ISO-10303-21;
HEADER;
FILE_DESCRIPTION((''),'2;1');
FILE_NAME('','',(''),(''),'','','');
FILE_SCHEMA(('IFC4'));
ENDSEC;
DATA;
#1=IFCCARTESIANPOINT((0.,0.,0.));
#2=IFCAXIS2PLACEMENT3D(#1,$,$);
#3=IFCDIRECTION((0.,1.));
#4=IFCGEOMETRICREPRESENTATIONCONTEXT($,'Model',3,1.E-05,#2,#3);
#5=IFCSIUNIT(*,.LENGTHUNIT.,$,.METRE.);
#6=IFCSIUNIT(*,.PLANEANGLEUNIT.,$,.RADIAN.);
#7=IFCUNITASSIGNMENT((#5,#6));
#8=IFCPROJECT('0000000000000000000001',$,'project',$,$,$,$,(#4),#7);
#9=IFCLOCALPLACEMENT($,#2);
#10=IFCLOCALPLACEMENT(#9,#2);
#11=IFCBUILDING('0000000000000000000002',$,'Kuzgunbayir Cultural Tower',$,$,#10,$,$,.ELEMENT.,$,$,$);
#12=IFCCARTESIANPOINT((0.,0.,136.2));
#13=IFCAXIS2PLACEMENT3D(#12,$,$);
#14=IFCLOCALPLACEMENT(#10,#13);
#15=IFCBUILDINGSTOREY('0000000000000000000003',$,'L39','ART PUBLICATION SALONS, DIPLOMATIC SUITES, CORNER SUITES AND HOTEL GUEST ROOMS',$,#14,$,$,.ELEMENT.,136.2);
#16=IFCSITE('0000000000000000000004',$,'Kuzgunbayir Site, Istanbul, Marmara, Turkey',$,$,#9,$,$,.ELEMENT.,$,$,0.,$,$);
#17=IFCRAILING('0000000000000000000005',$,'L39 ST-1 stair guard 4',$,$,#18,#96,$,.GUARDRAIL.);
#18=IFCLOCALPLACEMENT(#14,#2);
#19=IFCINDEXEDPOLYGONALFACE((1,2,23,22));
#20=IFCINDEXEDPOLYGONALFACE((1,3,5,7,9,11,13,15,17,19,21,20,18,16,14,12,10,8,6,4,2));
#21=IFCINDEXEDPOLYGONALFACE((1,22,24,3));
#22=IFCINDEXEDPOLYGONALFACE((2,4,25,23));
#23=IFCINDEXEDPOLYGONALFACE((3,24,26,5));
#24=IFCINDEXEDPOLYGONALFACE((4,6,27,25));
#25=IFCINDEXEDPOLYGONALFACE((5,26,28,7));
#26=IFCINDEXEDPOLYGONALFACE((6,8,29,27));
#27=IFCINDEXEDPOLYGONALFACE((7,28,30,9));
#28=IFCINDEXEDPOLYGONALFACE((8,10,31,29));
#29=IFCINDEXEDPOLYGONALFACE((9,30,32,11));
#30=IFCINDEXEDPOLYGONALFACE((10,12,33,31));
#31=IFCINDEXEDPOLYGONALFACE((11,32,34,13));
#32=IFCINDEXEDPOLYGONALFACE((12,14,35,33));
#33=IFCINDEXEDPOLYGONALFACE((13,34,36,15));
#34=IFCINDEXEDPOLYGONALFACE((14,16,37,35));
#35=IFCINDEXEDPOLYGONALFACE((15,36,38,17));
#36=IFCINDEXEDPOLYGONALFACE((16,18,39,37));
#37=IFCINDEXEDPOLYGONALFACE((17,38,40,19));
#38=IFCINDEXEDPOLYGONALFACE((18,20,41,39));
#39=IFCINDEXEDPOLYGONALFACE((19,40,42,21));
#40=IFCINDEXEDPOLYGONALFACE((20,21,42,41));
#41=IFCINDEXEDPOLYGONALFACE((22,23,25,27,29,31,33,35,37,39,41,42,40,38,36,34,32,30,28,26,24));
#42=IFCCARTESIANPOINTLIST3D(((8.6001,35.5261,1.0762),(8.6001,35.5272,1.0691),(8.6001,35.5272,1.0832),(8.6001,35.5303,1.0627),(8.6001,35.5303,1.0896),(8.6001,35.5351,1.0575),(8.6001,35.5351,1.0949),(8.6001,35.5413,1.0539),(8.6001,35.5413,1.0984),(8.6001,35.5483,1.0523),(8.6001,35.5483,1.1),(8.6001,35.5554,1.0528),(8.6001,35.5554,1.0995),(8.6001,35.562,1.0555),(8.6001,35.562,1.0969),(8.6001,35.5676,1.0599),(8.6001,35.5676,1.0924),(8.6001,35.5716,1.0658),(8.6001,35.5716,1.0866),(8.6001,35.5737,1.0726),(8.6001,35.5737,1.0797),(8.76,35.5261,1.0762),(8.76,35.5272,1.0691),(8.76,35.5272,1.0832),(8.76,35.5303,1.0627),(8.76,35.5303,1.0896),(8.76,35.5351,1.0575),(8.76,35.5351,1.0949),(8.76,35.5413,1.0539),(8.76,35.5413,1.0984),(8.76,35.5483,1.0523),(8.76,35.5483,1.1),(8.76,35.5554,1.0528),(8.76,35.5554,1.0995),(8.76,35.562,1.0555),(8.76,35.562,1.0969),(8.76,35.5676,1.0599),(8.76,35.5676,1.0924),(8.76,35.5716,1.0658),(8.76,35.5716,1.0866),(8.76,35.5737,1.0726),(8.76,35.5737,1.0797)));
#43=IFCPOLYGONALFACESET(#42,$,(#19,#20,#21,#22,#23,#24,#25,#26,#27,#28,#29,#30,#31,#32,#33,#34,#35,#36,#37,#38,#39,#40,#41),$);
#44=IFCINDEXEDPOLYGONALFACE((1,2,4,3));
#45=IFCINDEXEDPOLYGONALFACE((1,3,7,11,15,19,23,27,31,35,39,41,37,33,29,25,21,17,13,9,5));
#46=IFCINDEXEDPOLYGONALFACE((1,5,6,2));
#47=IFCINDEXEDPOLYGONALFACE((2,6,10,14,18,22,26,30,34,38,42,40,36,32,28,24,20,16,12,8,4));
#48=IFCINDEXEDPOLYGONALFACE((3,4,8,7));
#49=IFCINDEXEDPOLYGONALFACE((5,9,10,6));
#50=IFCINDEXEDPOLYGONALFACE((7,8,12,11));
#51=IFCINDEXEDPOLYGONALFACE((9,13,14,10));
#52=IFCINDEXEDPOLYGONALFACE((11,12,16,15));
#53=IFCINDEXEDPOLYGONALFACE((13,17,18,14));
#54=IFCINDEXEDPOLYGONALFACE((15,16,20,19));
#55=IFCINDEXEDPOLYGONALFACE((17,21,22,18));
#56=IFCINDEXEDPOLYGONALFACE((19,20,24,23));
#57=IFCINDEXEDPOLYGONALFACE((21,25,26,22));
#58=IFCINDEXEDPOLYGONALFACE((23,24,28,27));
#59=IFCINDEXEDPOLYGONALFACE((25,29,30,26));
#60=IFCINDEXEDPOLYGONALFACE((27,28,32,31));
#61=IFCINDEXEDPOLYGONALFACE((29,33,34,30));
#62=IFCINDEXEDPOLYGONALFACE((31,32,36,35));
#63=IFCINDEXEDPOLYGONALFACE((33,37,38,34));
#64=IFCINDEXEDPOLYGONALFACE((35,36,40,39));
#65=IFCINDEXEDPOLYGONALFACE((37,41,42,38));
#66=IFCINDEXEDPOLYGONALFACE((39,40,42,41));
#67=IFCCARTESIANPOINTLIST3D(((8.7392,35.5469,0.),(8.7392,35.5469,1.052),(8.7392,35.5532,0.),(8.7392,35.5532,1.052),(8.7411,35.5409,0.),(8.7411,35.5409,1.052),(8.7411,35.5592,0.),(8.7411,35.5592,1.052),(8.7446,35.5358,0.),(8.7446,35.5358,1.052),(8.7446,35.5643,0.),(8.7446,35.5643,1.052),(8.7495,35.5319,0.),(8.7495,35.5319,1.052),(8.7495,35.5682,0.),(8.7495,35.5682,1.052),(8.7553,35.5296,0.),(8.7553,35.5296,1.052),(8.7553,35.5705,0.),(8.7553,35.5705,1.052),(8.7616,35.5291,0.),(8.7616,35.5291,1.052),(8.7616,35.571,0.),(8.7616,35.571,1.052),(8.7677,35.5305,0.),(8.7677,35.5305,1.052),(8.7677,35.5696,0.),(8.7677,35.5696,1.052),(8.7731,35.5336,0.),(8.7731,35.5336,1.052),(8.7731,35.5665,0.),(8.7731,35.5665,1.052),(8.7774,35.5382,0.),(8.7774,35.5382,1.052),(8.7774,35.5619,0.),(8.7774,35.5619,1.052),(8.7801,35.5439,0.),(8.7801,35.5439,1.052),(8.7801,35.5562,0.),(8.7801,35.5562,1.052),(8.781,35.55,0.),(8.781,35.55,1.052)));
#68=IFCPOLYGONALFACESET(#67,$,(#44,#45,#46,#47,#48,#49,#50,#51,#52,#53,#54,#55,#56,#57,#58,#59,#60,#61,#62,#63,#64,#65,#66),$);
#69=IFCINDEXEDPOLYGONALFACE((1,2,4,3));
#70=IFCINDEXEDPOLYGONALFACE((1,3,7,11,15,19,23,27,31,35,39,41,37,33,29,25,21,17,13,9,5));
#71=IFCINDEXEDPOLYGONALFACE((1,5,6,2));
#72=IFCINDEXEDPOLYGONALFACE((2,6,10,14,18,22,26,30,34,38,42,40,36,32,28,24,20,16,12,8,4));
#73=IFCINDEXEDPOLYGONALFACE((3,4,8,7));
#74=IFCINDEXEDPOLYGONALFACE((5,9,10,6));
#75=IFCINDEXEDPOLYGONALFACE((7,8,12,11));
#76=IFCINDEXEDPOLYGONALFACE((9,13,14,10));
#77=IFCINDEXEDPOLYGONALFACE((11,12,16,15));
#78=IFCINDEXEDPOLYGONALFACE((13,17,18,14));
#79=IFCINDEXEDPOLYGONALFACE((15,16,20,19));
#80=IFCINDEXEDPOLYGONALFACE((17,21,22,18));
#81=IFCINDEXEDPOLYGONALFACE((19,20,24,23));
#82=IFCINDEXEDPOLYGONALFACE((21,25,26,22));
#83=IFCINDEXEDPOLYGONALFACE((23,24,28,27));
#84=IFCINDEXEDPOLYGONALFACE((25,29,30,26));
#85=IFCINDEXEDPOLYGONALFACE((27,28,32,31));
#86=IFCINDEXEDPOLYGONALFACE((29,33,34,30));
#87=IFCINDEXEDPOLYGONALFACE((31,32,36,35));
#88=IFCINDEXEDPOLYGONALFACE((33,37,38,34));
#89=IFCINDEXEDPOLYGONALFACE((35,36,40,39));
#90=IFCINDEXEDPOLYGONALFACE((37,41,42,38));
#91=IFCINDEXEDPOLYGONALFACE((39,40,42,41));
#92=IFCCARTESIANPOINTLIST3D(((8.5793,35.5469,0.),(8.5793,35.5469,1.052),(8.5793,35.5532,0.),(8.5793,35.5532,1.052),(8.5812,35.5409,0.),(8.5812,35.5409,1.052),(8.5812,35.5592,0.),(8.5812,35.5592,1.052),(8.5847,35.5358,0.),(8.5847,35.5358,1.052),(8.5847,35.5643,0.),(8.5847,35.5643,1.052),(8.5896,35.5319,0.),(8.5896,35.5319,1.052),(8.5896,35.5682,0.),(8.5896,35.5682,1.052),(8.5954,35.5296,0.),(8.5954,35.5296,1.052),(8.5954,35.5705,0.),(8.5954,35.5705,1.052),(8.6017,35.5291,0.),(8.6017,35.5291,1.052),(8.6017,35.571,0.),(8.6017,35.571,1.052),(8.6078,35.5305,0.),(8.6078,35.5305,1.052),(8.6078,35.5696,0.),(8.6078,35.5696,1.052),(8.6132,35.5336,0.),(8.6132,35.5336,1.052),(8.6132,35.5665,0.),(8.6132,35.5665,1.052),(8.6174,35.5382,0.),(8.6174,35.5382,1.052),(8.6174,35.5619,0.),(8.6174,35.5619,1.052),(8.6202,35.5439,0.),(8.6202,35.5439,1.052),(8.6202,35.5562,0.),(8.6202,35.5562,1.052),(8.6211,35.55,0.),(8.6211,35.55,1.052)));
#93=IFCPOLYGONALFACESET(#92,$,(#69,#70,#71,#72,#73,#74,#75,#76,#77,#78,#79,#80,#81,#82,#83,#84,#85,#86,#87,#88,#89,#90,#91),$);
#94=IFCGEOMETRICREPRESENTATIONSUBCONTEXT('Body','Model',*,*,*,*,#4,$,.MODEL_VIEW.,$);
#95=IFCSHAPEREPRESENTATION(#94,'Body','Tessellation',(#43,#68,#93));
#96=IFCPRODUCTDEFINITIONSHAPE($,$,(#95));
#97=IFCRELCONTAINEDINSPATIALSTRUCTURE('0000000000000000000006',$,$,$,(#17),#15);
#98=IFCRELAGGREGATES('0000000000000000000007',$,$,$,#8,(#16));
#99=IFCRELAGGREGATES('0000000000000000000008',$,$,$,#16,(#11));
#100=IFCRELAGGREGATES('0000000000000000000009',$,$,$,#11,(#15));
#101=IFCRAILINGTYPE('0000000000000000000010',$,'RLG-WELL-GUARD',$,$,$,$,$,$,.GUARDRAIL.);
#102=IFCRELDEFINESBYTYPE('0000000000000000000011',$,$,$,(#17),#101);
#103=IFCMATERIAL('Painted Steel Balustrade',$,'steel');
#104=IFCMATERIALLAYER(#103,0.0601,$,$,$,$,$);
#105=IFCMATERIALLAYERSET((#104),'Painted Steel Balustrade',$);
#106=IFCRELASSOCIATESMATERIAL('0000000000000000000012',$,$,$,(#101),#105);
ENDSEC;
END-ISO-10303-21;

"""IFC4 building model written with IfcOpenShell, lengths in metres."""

from ifc_helpers import new_model, si_unit, direction, frame, origin, origin_2d, place, context, subcontext, project, spatial, circle, extrude, material, layer, layer_set, type_object, element, save


model = new_model("IFC4")

# Units and contexts
model_context = context("Model", 3, precision=1e-05, world=origin(), true_north=direction((0.0, 1.0)))
body_context = subcontext(model_context, "Body", "Model", "MODEL_VIEW")
ifc_project = project(units=[si_unit("LENGTHUNIT", "METRE"), si_unit("PLANEANGLEUNIT", "RADIAN")], contexts=[model_context])

# Site, building, storey
site_placement = place(None, origin())
site = spatial("IfcSite", under=ifc_project, at=site_placement, Name="Kuzgunbayir Site, Istanbul, Marmara, Turkey", CompositionType="ELEMENT", RefElevation=0.0)
building_placement = place(site_placement, origin())
building = spatial("IfcBuilding", under=site, at=building_placement, Name="Kuzgunbayir Cultural Tower", CompositionType="ELEMENT")
storey_placement = place(building_placement, frame((0.0, 0.0, 136.2)))
storey = spatial("IfcBuildingStorey", under=building, at=storey_placement, Name="L39", Description="ART PUBLICATION SALONS, DIPLOMATIC SUITES, CORNER SUITES AND HOTEL GUEST ROOMS", CompositionType="ELEMENT", Elevation=136.2)

# Railing
ifc_material_1 = material(Name="Painted Steel Balustrade", Category="steel")
ifc_layer_1 = layer(ifc_material_1, 0.0601)
ifc_layer_set_1 = layer_set([ifc_layer_1], Name="Painted Steel Balustrade")
railing_type_1 = type_object("IfcRailingType", Name="RLG-WELL-GUARD", PredefinedType="GUARDRAIL", material=ifc_layer_set_1)
railing_1_placement = place(storey_placement, frame((8.76, 35.55, 0.0)))
element("IfcRailing", 1, at=railing_1_placement, inside=storey, type_object=railing_type_1, Name="L39 ST-1 stair guard 4", PredefinedType="GUARDRAIL", context=body_context, shape_type="SweptSolid", body=[
    extrude(circle(Radius=0.0239, at=origin_2d()), frame((0.0, 0.0, 1.0762), z_axis=(-1.0, 0.0, 0.0), x_axis=(0.0, -1.0, 0.0)), (0.0, 0.0, 1.0), 0.1599),
    extrude(circle(Radius=0.021, at=origin_2d()), origin(), (0.0, 0.0, 1.0), 1.052),
    extrude(circle(Radius=0.021, at=origin_2d()), frame((-0.1599, 0.0, 0.0)), (0.0, 0.0, 1.0), 1.052),
])

save(model, "model.ifc")
